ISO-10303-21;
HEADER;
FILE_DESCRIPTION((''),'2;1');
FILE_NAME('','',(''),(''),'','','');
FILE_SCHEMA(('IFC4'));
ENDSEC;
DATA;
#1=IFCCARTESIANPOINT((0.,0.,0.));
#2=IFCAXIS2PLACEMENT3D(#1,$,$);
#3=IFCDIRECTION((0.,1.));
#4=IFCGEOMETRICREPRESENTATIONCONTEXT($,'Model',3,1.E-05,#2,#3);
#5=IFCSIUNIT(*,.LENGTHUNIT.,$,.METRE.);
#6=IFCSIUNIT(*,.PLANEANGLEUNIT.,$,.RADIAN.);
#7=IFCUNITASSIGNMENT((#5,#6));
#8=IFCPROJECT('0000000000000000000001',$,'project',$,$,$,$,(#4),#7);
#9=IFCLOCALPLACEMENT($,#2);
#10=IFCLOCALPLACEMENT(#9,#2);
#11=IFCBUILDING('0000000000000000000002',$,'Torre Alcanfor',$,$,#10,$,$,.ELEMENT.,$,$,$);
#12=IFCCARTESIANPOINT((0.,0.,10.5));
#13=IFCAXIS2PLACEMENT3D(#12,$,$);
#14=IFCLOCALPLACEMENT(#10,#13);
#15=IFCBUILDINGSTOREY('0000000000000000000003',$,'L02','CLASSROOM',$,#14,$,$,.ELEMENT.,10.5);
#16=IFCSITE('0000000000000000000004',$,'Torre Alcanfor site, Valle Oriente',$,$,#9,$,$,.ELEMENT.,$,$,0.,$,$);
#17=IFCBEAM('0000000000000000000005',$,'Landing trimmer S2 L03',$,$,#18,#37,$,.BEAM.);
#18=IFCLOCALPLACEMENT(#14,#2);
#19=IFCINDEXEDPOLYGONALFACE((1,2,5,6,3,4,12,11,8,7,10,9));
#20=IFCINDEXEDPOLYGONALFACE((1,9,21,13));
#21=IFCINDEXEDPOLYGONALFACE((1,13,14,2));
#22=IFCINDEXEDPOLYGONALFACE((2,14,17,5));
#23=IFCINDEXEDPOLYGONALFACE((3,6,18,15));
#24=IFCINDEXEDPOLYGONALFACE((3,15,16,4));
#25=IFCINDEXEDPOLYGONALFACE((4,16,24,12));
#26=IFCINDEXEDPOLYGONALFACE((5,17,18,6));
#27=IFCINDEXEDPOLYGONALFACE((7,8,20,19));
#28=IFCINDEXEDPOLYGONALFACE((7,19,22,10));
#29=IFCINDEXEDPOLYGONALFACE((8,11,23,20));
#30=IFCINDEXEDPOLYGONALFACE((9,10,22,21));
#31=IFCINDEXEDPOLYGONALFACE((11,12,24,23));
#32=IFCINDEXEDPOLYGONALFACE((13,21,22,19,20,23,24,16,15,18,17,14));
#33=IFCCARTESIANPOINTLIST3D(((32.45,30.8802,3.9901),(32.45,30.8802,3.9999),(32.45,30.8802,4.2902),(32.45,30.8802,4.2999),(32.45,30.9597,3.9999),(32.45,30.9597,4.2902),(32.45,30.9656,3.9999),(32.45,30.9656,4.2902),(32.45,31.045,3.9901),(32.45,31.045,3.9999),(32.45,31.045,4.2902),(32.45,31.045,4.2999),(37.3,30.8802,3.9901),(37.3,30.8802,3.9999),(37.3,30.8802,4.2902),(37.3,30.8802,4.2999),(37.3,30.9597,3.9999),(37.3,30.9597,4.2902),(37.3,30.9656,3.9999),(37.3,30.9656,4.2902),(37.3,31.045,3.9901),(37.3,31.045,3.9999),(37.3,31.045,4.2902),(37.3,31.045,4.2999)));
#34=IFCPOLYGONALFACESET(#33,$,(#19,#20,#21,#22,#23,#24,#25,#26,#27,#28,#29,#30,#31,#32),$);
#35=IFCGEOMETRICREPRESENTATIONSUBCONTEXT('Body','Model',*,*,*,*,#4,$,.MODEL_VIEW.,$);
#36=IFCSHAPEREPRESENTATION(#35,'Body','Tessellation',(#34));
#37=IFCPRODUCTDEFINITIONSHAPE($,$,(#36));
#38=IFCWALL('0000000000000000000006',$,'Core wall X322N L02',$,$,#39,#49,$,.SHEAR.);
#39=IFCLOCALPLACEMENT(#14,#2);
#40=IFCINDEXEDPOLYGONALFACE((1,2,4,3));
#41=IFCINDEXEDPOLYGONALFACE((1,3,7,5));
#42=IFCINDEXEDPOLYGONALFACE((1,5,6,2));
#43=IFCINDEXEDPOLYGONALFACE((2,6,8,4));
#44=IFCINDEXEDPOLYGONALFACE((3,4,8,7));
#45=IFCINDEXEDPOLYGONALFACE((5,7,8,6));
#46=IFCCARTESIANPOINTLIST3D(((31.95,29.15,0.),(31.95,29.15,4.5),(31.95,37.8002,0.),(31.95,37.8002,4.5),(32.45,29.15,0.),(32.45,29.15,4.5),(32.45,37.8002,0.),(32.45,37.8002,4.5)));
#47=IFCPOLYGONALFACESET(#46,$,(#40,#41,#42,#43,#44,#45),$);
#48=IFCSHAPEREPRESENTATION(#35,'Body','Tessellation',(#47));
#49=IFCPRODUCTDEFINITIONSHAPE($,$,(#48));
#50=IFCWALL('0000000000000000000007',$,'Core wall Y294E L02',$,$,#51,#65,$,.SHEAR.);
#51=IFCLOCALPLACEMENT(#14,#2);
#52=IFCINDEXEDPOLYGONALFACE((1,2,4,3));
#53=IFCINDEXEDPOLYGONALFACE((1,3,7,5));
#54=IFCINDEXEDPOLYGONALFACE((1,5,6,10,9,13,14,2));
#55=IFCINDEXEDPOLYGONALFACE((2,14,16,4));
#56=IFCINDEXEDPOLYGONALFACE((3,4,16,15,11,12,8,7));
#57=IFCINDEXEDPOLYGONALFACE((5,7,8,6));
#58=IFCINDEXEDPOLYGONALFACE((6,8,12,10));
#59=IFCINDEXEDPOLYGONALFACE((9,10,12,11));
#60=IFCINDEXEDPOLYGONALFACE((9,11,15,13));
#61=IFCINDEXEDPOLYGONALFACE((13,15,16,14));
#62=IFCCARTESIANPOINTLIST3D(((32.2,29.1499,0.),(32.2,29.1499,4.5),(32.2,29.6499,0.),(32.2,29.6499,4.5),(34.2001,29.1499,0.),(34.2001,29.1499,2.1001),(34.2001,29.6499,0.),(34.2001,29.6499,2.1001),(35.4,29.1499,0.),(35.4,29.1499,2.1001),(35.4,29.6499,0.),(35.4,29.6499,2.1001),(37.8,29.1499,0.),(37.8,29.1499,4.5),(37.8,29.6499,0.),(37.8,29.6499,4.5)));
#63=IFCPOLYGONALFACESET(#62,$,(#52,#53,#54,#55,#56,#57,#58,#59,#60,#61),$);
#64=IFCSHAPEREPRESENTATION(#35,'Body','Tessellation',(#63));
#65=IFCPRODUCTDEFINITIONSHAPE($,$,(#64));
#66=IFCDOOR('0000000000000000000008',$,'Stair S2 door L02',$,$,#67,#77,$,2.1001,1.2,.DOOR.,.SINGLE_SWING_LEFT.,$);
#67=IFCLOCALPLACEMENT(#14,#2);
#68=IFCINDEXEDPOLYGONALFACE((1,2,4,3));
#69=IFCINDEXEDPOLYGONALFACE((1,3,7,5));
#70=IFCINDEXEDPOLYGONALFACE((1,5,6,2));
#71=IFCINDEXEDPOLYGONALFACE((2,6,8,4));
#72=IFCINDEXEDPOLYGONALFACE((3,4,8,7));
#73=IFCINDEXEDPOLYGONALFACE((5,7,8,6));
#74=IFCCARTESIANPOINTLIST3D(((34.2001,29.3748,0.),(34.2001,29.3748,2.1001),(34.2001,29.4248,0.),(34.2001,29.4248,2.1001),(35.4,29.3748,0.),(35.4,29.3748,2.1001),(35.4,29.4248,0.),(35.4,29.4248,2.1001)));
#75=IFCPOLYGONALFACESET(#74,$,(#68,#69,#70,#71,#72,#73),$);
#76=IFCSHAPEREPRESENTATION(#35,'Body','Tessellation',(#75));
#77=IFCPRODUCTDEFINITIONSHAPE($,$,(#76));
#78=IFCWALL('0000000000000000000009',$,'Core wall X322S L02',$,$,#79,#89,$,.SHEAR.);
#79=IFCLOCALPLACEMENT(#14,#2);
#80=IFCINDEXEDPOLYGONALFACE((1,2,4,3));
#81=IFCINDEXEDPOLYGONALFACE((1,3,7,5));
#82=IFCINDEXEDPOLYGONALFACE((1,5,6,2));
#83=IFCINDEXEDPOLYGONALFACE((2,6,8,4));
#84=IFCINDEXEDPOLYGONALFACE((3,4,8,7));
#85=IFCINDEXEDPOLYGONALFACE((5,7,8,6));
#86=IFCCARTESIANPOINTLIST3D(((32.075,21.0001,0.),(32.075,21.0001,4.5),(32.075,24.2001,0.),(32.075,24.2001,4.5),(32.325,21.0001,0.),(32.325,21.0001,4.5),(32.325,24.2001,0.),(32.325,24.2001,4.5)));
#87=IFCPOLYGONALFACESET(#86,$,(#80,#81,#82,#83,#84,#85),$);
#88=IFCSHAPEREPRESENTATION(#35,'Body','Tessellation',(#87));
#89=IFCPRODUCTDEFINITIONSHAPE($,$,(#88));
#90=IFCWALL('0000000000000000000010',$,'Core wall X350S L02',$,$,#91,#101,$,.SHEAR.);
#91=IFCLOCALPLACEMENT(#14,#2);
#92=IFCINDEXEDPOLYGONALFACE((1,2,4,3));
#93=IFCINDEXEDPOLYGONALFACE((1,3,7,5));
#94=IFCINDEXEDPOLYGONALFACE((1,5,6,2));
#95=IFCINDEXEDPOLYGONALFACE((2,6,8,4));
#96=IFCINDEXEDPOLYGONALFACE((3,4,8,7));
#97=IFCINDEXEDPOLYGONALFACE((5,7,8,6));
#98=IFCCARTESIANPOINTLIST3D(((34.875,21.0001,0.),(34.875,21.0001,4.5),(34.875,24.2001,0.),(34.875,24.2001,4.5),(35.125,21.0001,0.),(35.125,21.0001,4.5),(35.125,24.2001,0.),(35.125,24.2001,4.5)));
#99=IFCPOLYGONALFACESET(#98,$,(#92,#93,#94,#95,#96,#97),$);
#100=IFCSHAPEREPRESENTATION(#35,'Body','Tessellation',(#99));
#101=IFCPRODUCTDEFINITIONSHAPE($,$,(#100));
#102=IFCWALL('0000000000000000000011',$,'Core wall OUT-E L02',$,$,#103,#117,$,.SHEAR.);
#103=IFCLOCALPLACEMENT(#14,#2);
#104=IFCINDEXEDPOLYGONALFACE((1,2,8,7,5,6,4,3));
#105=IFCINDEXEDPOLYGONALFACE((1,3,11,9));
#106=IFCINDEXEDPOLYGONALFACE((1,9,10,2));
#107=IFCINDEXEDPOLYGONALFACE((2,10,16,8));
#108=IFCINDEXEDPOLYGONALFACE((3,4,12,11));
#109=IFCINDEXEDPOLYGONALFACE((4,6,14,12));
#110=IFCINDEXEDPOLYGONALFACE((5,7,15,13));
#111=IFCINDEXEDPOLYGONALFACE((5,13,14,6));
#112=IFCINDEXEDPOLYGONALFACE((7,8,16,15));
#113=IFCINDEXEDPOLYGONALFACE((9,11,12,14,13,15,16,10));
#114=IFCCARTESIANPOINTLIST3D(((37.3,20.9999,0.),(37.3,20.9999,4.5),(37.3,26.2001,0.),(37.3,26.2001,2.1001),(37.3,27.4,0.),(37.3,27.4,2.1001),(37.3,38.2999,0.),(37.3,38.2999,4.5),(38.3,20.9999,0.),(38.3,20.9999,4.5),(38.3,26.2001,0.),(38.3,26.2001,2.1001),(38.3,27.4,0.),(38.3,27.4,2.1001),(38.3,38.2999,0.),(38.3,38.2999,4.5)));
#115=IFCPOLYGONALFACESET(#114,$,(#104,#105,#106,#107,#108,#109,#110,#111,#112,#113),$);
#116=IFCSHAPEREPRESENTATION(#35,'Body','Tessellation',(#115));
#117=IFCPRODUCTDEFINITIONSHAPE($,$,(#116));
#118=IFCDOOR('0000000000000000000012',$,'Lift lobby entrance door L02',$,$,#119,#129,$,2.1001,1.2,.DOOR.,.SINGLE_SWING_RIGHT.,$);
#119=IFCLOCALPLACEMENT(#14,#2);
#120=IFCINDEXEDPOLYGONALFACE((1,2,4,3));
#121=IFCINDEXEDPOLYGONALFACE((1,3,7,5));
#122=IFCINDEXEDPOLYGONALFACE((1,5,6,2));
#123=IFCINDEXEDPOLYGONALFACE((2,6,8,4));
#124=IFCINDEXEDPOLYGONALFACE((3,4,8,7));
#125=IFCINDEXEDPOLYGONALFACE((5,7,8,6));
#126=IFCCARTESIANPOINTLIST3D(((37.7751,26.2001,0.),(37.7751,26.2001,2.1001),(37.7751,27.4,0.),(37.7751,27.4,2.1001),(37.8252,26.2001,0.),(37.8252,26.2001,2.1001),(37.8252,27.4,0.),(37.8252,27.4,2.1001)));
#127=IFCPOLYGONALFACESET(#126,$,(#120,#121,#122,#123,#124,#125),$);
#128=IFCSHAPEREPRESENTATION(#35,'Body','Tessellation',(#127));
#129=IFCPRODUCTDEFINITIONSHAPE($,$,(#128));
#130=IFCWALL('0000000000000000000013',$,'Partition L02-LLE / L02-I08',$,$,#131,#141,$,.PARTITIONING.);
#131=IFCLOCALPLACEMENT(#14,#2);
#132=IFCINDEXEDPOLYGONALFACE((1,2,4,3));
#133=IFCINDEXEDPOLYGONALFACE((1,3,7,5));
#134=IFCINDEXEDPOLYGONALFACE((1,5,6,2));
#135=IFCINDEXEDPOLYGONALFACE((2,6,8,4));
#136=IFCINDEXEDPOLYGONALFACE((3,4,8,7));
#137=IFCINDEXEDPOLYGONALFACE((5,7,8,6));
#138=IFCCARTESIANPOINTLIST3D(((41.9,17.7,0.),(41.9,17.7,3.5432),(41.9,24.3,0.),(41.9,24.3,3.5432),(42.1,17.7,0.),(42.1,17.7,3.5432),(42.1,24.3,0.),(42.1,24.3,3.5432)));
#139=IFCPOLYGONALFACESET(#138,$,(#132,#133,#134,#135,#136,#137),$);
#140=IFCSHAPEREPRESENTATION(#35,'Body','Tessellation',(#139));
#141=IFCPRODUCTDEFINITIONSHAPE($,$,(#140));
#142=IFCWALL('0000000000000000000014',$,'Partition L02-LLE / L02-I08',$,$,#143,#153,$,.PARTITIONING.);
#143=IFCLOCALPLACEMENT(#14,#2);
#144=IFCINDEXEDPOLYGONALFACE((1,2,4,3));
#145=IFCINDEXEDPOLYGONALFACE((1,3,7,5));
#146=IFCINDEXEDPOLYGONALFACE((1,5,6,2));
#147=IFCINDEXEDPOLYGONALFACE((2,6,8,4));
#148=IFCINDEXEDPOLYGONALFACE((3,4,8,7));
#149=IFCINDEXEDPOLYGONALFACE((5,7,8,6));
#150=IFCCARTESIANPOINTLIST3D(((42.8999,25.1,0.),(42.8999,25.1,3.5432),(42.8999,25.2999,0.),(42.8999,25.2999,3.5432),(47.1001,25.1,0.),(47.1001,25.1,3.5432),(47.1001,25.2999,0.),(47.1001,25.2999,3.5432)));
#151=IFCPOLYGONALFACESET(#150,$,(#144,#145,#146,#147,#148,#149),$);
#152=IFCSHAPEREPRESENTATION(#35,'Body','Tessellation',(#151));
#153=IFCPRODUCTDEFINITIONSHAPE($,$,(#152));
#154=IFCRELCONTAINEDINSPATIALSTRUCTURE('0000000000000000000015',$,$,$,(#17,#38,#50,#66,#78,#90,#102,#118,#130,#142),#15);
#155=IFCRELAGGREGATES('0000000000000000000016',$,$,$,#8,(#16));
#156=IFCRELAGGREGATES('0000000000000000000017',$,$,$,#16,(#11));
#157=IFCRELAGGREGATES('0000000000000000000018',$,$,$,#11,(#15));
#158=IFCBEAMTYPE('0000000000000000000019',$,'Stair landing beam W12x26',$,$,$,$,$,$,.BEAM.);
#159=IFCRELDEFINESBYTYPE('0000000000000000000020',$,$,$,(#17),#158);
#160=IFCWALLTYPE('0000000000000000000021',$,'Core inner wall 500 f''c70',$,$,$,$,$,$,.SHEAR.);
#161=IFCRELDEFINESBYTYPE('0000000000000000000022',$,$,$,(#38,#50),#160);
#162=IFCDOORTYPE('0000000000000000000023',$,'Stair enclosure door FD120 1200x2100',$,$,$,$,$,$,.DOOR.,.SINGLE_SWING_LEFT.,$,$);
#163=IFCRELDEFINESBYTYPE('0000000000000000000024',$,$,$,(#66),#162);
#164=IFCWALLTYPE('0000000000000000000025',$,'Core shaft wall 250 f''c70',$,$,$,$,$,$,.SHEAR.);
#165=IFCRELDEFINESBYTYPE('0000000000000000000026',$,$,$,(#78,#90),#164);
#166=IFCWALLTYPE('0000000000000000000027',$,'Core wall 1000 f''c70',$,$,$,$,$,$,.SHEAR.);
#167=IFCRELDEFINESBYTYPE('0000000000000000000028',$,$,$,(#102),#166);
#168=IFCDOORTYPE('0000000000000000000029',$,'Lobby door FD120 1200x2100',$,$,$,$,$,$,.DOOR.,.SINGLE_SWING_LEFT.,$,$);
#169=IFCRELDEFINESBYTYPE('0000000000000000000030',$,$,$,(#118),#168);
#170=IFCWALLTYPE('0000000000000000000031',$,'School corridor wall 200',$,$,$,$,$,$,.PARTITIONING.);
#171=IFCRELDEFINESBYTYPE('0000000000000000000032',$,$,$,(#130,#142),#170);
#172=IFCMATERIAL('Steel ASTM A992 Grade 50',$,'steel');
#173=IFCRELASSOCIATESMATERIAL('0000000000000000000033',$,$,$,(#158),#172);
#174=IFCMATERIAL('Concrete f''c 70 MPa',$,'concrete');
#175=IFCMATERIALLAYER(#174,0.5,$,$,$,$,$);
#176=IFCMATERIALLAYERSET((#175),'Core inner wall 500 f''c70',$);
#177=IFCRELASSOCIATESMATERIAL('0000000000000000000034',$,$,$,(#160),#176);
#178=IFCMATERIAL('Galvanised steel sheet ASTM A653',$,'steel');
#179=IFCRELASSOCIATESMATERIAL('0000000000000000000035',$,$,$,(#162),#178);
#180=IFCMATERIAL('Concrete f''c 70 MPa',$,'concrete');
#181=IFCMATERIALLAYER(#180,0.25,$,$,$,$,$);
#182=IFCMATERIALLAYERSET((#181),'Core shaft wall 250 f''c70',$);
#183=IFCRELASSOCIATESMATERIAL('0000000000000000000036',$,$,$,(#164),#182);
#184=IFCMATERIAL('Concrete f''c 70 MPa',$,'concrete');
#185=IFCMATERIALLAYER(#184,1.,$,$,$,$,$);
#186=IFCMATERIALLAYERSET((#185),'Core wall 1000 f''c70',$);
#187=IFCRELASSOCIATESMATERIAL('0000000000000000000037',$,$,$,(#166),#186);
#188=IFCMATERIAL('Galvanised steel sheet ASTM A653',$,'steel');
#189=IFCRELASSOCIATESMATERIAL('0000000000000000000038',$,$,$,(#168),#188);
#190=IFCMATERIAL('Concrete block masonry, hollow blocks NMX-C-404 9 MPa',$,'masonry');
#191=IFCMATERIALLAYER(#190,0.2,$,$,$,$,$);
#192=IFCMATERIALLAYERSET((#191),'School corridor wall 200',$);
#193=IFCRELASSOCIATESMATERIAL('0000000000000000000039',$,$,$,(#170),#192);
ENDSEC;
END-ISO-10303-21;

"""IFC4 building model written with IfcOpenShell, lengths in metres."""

from ifc_helpers import new_model, si_unit, direction, frame, frame_2d, origin, origin_2d, place, context, subcontext, project, spatial, rectangle, i_section, extrude, material, layer, layer_set, material_profile, profile_set, type_object, element, fill, save


model = new_model("IFC4")

# Units and contexts
model_context = context("Model", 3, precision=1e-05, world=origin(), true_north=direction((0.0, 1.0)))
body_context = subcontext(model_context, "Body", "Model", "MODEL_VIEW")
ifc_project = project(units=[si_unit("LENGTHUNIT", "METRE"), si_unit("PLANEANGLEUNIT", "RADIAN")], contexts=[model_context])

# Site, building, storey
site_placement = place(None, origin())
site = spatial("IfcSite", under=ifc_project, at=site_placement, Name="Torre Alcanfor site, Valle Oriente", CompositionType="ELEMENT", RefElevation=0.0)
building_placement = place(site_placement, origin())
building = spatial("IfcBuilding", under=site, at=building_placement, Name="Torre Alcanfor", CompositionType="ELEMENT")
storey_placement = place(building_placement, frame((0.0, 0.0, 10.5)))
storey = spatial("IfcBuildingStorey", under=building, at=storey_placement, Name="L02", Description="CLASSROOM", CompositionType="ELEMENT", Elevation=10.5)

# Beam
ifc_material_1 = material(Name="Steel ASTM A992 Grade 50", Category="steel")
ifc_material_profile_1 = material_profile(ifc_material_1, i_section(OverallWidth=0.1648, OverallDepth=0.3098, WebThickness=0.0059, FlangeThickness=0.0098, at=origin_2d()), Name="W12x26")
ifc_profile_set_1 = profile_set([ifc_material_profile_1], Name="Steel ASTM A992 Grade 50")
beam_type_1 = type_object("IfcBeamType", Name="Stair landing beam W12x26", PredefinedType="BEAM", material=ifc_profile_set_1)
beam_1_placement = place(storey_placement, frame((32.45, 30.9626, 4.145), z_axis=(1.0, 0.0, 0.0), x_axis=(0.0, 1.0, 0.0)))
element("IfcBeam", 1, at=beam_1_placement, inside=storey, type_object=beam_type_1, Name="Landing trimmer S2 L03", PredefinedType="BEAM", context=body_context, shape_type="SweptSolid", body=[
    extrude(i_section(OverallWidth=0.1648, OverallDepth=0.3098, WebThickness=0.0059, FlangeThickness=0.0098, at=origin_2d()), origin(), (0.0, 0.0, 1.0), 4.8501),
])

# Wall
ifc_material_2 = material(Name="Concrete f'c 70 MPa", Category="concrete")
ifc_layer_1 = layer(ifc_material_2, 0.5)
ifc_layer_set_1 = layer_set([ifc_layer_1], Name="Core inner wall 500 f'c70")
wall_type_1 = type_object("IfcWallType", Name="Core inner wall 500 f'c70", PredefinedType="SHEAR", material=ifc_layer_set_1)
wall_1_placement = place(storey_placement, frame((32.2, 29.1499, 0.0), z_axis=(0.0, 0.0, 1.0), x_axis=(0.0, 1.0, 0.0)))
element("IfcWall", 2, at=wall_1_placement, inside=storey, type_object=wall_type_1, Name="Core wall X322N L02", PredefinedType="SHEAR", context=body_context, shape_type="SweptSolid", body=[
    extrude(rectangle(XDim=8.6501, YDim=0.5, at=frame_2d((4.3252, 0.0))), origin(), (0.0, 0.0, 1.0), 4.5),
])

# Wall, opening, door
wall_2_placement = place(storey_placement, frame((32.2, 29.3999, 0.0), z_axis=(0.0, 0.0, 1.0), x_axis=(1.0, 0.0, 0.0)))
wall_2 = element("IfcWall", 3, at=wall_2_placement, inside=storey, type_object=wall_type_1, Name="Core wall Y294E L02", PredefinedType="SHEAR", context=body_context, shape_type="SweptSolid", body=[
    extrude(rectangle(XDim=5.6001, YDim=0.5, at=frame_2d((2.8, 0.0))), origin(), (0.0, 0.0, 1.0), 4.5),
])
opening_1_placement = place(wall_2_placement, frame((2.0, 0.0, 0.0)))
opening_1 = element("IfcOpeningElement", 4, at=opening_1_placement, cuts=wall_2, PredefinedType="OPENING", context=body_context, shape_type="SweptSolid", body=[
    extrude(rectangle(XDim=1.2, YDim=2.1001, at=frame_2d((0.6001, 1.05))), frame((0.0, 0.26, 0.0), z_axis=(0.0, -1.0, 0.0), x_axis=(1.0, 0.0, 0.0)), (0.0, 0.0, 1.0), 0.52),
])
ifc_material_3 = material(Name="Galvanised steel sheet ASTM A653", Category="steel")
door_type_1 = type_object("IfcDoorType", Name="Stair enclosure door FD120 1200x2100", OperationType="SINGLE_SWING_LEFT", PredefinedType="DOOR", material=ifc_material_3)
door_1_placement = place(opening_1_placement, origin())
door_1 = element("IfcDoor", 5, at=door_1_placement, inside=storey, type_object=door_type_1, Name="Stair S2 door L02", OperationType="SINGLE_SWING_LEFT", OverallHeight=2.1001, OverallWidth=1.2, PredefinedType="DOOR", context=body_context, shape_type="SweptSolid", body=[
    extrude(rectangle(XDim=1.2, YDim=2.1001, at=frame_2d((0.6001, 1.05))), frame((0.0, 0.0249, 0.0), z_axis=(0.0, -1.0, 0.0), x_axis=(1.0, 0.0, 0.0)), (0.0, 0.0, 1.0), 0.05),
])
fill(opening_1, door_1)

# Walls
ifc_material_4 = material(Name="Concrete f'c 70 MPa", Category="concrete")
ifc_layer_2 = layer(ifc_material_4, 0.25)
ifc_layer_set_2 = layer_set([ifc_layer_2], Name="Core shaft wall 250 f'c70")
wall_type_2 = type_object("IfcWallType", Name="Core shaft wall 250 f'c70", PredefinedType="SHEAR", material=ifc_layer_set_2)
for number, where, z_axis, x_axis, name in (
    (6, (32.2, 21.0, 0.0), (0.0, 0.0, 1.0), (0.0, 1.0, 0.0), "Core wall X322S L02"),
    (7, (35.0, 21.0, 0.0), (0.0, 0.0, 1.0), (0.0, 1.0, 0.0), "Core wall X350S L02"),
):
    element("IfcWall", number, at=place(storey_placement, frame(where, z_axis=z_axis, x_axis=x_axis)), inside=storey, type_object=wall_type_2, Name=name, PredefinedType="SHEAR", context=body_context, shape_type="SweptSolid", body=[
        extrude(rectangle(XDim=3.2, YDim=0.25, at=frame_2d((1.6001, 0.0))), origin(), (0.0, 0.0, 1.0), 4.5),
    ])

# Wall, opening, door
ifc_material_5 = material(Name="Concrete f'c 70 MPa", Category="concrete")
ifc_layer_3 = layer(ifc_material_5, 1.0)
ifc_layer_set_3 = layer_set([ifc_layer_3], Name="Core wall 1000 f'c70")
wall_type_3 = type_object("IfcWallType", Name="Core wall 1000 f'c70", PredefinedType="SHEAR", material=ifc_layer_set_3)
wall_3_placement = place(storey_placement, frame((37.8, 21.0, 0.0), z_axis=(0.0, 0.0, 1.0), x_axis=(0.0, 1.0, 0.0)))
wall_3 = element("IfcWall", 8, at=wall_3_placement, inside=storey, type_object=wall_type_3, Name="Core wall OUT-E L02", PredefinedType="SHEAR", context=body_context, shape_type="SweptSolid", body=[
    extrude(rectangle(XDim=17.3, YDim=1.0, at=frame_2d((8.6499, 0.0))), origin(), (0.0, 0.0, 1.0), 4.5),
])
opening_2_placement = place(wall_3_placement, frame((5.2, 0.0, 0.0)))
opening_2 = element("IfcOpeningElement", 9, at=opening_2_placement, cuts=wall_3, PredefinedType="OPENING", context=body_context, shape_type="SweptSolid", body=[
    extrude(rectangle(XDim=1.2, YDim=2.1001, at=frame_2d((0.6001, 1.05))), frame((0.0, 0.51, 0.0), z_axis=(0.0, -1.0, 0.0), x_axis=(1.0, 0.0, 0.0)), (0.0, 0.0, 1.0), 1.02),
])
ifc_material_6 = material(Name="Galvanised steel sheet ASTM A653", Category="steel")
door_type_2 = type_object("IfcDoorType", Name="Lobby door FD120 1200x2100", OperationType="SINGLE_SWING_LEFT", PredefinedType="DOOR", material=ifc_material_6)
door_2_placement = place(opening_2_placement, frame((1.2, 0.0, 0.0), z_axis=(0.0, 0.0, 1.0), x_axis=(-1.0, 0.0, 0.0)))
door_2 = element("IfcDoor", 10, at=door_2_placement, inside=storey, type_object=door_type_2, Name="Lift lobby entrance door L02", OperationType="SINGLE_SWING_RIGHT", OverallHeight=2.1001, OverallWidth=1.2, PredefinedType="DOOR", context=body_context, shape_type="SweptSolid", body=[
    extrude(rectangle(XDim=1.2, YDim=2.1001, at=frame_2d((0.5999, 1.05))), frame((0.0, 0.0251, 0.0), z_axis=(0.0, -1.0, 0.0), x_axis=(1.0, 0.0, 0.0)), (0.0, 0.0, 1.0), 0.05),
])
fill(opening_2, door_2)

# Walls
ifc_material_7 = material(Name="Concrete block masonry, hollow blocks NMX-C-404 9 MPa", Category="masonry")
ifc_layer_4 = layer(ifc_material_7, 0.2)
ifc_layer_set_4 = layer_set([ifc_layer_4], Name="School corridor wall 200")
wall_type_4 = type_object("IfcWallType", Name="School corridor wall 200", PredefinedType="PARTITIONING", material=ifc_layer_set_4)
wall_4_placement = place(storey_placement, frame((42.0, 24.3, 0.0), z_axis=(0.0, 0.0, 1.0), x_axis=(0.0, -1.0, 0.0)))
element("IfcWall", 11, at=wall_4_placement, inside=storey, type_object=wall_type_4, Name="Partition L02-LLE / L02-I08", PredefinedType="PARTITIONING", context=body_context, shape_type="SweptSolid", body=[
    extrude(rectangle(XDim=6.6001, YDim=0.2, at=frame_2d((3.3, 0.0))), origin(), (0.0, 0.0, 1.0), 3.5432),
])
wall_5_placement = place(storey_placement, frame((47.1001, 25.2, 0.0), z_axis=(0.0, 0.0, 1.0), x_axis=(-1.0, 0.0, 0.0)))
element("IfcWall", 12, at=wall_5_placement, inside=storey, type_object=wall_type_4, Name="Partition L02-LLE / L02-I08", PredefinedType="PARTITIONING", context=body_context, shape_type="SweptSolid", body=[
    extrude(rectangle(XDim=4.2002, YDim=0.2, at=frame_2d((2.1001, 0.0))), origin(), (0.0, 0.0, 1.0), 3.5432),
])

save(model, "model.ifc")
